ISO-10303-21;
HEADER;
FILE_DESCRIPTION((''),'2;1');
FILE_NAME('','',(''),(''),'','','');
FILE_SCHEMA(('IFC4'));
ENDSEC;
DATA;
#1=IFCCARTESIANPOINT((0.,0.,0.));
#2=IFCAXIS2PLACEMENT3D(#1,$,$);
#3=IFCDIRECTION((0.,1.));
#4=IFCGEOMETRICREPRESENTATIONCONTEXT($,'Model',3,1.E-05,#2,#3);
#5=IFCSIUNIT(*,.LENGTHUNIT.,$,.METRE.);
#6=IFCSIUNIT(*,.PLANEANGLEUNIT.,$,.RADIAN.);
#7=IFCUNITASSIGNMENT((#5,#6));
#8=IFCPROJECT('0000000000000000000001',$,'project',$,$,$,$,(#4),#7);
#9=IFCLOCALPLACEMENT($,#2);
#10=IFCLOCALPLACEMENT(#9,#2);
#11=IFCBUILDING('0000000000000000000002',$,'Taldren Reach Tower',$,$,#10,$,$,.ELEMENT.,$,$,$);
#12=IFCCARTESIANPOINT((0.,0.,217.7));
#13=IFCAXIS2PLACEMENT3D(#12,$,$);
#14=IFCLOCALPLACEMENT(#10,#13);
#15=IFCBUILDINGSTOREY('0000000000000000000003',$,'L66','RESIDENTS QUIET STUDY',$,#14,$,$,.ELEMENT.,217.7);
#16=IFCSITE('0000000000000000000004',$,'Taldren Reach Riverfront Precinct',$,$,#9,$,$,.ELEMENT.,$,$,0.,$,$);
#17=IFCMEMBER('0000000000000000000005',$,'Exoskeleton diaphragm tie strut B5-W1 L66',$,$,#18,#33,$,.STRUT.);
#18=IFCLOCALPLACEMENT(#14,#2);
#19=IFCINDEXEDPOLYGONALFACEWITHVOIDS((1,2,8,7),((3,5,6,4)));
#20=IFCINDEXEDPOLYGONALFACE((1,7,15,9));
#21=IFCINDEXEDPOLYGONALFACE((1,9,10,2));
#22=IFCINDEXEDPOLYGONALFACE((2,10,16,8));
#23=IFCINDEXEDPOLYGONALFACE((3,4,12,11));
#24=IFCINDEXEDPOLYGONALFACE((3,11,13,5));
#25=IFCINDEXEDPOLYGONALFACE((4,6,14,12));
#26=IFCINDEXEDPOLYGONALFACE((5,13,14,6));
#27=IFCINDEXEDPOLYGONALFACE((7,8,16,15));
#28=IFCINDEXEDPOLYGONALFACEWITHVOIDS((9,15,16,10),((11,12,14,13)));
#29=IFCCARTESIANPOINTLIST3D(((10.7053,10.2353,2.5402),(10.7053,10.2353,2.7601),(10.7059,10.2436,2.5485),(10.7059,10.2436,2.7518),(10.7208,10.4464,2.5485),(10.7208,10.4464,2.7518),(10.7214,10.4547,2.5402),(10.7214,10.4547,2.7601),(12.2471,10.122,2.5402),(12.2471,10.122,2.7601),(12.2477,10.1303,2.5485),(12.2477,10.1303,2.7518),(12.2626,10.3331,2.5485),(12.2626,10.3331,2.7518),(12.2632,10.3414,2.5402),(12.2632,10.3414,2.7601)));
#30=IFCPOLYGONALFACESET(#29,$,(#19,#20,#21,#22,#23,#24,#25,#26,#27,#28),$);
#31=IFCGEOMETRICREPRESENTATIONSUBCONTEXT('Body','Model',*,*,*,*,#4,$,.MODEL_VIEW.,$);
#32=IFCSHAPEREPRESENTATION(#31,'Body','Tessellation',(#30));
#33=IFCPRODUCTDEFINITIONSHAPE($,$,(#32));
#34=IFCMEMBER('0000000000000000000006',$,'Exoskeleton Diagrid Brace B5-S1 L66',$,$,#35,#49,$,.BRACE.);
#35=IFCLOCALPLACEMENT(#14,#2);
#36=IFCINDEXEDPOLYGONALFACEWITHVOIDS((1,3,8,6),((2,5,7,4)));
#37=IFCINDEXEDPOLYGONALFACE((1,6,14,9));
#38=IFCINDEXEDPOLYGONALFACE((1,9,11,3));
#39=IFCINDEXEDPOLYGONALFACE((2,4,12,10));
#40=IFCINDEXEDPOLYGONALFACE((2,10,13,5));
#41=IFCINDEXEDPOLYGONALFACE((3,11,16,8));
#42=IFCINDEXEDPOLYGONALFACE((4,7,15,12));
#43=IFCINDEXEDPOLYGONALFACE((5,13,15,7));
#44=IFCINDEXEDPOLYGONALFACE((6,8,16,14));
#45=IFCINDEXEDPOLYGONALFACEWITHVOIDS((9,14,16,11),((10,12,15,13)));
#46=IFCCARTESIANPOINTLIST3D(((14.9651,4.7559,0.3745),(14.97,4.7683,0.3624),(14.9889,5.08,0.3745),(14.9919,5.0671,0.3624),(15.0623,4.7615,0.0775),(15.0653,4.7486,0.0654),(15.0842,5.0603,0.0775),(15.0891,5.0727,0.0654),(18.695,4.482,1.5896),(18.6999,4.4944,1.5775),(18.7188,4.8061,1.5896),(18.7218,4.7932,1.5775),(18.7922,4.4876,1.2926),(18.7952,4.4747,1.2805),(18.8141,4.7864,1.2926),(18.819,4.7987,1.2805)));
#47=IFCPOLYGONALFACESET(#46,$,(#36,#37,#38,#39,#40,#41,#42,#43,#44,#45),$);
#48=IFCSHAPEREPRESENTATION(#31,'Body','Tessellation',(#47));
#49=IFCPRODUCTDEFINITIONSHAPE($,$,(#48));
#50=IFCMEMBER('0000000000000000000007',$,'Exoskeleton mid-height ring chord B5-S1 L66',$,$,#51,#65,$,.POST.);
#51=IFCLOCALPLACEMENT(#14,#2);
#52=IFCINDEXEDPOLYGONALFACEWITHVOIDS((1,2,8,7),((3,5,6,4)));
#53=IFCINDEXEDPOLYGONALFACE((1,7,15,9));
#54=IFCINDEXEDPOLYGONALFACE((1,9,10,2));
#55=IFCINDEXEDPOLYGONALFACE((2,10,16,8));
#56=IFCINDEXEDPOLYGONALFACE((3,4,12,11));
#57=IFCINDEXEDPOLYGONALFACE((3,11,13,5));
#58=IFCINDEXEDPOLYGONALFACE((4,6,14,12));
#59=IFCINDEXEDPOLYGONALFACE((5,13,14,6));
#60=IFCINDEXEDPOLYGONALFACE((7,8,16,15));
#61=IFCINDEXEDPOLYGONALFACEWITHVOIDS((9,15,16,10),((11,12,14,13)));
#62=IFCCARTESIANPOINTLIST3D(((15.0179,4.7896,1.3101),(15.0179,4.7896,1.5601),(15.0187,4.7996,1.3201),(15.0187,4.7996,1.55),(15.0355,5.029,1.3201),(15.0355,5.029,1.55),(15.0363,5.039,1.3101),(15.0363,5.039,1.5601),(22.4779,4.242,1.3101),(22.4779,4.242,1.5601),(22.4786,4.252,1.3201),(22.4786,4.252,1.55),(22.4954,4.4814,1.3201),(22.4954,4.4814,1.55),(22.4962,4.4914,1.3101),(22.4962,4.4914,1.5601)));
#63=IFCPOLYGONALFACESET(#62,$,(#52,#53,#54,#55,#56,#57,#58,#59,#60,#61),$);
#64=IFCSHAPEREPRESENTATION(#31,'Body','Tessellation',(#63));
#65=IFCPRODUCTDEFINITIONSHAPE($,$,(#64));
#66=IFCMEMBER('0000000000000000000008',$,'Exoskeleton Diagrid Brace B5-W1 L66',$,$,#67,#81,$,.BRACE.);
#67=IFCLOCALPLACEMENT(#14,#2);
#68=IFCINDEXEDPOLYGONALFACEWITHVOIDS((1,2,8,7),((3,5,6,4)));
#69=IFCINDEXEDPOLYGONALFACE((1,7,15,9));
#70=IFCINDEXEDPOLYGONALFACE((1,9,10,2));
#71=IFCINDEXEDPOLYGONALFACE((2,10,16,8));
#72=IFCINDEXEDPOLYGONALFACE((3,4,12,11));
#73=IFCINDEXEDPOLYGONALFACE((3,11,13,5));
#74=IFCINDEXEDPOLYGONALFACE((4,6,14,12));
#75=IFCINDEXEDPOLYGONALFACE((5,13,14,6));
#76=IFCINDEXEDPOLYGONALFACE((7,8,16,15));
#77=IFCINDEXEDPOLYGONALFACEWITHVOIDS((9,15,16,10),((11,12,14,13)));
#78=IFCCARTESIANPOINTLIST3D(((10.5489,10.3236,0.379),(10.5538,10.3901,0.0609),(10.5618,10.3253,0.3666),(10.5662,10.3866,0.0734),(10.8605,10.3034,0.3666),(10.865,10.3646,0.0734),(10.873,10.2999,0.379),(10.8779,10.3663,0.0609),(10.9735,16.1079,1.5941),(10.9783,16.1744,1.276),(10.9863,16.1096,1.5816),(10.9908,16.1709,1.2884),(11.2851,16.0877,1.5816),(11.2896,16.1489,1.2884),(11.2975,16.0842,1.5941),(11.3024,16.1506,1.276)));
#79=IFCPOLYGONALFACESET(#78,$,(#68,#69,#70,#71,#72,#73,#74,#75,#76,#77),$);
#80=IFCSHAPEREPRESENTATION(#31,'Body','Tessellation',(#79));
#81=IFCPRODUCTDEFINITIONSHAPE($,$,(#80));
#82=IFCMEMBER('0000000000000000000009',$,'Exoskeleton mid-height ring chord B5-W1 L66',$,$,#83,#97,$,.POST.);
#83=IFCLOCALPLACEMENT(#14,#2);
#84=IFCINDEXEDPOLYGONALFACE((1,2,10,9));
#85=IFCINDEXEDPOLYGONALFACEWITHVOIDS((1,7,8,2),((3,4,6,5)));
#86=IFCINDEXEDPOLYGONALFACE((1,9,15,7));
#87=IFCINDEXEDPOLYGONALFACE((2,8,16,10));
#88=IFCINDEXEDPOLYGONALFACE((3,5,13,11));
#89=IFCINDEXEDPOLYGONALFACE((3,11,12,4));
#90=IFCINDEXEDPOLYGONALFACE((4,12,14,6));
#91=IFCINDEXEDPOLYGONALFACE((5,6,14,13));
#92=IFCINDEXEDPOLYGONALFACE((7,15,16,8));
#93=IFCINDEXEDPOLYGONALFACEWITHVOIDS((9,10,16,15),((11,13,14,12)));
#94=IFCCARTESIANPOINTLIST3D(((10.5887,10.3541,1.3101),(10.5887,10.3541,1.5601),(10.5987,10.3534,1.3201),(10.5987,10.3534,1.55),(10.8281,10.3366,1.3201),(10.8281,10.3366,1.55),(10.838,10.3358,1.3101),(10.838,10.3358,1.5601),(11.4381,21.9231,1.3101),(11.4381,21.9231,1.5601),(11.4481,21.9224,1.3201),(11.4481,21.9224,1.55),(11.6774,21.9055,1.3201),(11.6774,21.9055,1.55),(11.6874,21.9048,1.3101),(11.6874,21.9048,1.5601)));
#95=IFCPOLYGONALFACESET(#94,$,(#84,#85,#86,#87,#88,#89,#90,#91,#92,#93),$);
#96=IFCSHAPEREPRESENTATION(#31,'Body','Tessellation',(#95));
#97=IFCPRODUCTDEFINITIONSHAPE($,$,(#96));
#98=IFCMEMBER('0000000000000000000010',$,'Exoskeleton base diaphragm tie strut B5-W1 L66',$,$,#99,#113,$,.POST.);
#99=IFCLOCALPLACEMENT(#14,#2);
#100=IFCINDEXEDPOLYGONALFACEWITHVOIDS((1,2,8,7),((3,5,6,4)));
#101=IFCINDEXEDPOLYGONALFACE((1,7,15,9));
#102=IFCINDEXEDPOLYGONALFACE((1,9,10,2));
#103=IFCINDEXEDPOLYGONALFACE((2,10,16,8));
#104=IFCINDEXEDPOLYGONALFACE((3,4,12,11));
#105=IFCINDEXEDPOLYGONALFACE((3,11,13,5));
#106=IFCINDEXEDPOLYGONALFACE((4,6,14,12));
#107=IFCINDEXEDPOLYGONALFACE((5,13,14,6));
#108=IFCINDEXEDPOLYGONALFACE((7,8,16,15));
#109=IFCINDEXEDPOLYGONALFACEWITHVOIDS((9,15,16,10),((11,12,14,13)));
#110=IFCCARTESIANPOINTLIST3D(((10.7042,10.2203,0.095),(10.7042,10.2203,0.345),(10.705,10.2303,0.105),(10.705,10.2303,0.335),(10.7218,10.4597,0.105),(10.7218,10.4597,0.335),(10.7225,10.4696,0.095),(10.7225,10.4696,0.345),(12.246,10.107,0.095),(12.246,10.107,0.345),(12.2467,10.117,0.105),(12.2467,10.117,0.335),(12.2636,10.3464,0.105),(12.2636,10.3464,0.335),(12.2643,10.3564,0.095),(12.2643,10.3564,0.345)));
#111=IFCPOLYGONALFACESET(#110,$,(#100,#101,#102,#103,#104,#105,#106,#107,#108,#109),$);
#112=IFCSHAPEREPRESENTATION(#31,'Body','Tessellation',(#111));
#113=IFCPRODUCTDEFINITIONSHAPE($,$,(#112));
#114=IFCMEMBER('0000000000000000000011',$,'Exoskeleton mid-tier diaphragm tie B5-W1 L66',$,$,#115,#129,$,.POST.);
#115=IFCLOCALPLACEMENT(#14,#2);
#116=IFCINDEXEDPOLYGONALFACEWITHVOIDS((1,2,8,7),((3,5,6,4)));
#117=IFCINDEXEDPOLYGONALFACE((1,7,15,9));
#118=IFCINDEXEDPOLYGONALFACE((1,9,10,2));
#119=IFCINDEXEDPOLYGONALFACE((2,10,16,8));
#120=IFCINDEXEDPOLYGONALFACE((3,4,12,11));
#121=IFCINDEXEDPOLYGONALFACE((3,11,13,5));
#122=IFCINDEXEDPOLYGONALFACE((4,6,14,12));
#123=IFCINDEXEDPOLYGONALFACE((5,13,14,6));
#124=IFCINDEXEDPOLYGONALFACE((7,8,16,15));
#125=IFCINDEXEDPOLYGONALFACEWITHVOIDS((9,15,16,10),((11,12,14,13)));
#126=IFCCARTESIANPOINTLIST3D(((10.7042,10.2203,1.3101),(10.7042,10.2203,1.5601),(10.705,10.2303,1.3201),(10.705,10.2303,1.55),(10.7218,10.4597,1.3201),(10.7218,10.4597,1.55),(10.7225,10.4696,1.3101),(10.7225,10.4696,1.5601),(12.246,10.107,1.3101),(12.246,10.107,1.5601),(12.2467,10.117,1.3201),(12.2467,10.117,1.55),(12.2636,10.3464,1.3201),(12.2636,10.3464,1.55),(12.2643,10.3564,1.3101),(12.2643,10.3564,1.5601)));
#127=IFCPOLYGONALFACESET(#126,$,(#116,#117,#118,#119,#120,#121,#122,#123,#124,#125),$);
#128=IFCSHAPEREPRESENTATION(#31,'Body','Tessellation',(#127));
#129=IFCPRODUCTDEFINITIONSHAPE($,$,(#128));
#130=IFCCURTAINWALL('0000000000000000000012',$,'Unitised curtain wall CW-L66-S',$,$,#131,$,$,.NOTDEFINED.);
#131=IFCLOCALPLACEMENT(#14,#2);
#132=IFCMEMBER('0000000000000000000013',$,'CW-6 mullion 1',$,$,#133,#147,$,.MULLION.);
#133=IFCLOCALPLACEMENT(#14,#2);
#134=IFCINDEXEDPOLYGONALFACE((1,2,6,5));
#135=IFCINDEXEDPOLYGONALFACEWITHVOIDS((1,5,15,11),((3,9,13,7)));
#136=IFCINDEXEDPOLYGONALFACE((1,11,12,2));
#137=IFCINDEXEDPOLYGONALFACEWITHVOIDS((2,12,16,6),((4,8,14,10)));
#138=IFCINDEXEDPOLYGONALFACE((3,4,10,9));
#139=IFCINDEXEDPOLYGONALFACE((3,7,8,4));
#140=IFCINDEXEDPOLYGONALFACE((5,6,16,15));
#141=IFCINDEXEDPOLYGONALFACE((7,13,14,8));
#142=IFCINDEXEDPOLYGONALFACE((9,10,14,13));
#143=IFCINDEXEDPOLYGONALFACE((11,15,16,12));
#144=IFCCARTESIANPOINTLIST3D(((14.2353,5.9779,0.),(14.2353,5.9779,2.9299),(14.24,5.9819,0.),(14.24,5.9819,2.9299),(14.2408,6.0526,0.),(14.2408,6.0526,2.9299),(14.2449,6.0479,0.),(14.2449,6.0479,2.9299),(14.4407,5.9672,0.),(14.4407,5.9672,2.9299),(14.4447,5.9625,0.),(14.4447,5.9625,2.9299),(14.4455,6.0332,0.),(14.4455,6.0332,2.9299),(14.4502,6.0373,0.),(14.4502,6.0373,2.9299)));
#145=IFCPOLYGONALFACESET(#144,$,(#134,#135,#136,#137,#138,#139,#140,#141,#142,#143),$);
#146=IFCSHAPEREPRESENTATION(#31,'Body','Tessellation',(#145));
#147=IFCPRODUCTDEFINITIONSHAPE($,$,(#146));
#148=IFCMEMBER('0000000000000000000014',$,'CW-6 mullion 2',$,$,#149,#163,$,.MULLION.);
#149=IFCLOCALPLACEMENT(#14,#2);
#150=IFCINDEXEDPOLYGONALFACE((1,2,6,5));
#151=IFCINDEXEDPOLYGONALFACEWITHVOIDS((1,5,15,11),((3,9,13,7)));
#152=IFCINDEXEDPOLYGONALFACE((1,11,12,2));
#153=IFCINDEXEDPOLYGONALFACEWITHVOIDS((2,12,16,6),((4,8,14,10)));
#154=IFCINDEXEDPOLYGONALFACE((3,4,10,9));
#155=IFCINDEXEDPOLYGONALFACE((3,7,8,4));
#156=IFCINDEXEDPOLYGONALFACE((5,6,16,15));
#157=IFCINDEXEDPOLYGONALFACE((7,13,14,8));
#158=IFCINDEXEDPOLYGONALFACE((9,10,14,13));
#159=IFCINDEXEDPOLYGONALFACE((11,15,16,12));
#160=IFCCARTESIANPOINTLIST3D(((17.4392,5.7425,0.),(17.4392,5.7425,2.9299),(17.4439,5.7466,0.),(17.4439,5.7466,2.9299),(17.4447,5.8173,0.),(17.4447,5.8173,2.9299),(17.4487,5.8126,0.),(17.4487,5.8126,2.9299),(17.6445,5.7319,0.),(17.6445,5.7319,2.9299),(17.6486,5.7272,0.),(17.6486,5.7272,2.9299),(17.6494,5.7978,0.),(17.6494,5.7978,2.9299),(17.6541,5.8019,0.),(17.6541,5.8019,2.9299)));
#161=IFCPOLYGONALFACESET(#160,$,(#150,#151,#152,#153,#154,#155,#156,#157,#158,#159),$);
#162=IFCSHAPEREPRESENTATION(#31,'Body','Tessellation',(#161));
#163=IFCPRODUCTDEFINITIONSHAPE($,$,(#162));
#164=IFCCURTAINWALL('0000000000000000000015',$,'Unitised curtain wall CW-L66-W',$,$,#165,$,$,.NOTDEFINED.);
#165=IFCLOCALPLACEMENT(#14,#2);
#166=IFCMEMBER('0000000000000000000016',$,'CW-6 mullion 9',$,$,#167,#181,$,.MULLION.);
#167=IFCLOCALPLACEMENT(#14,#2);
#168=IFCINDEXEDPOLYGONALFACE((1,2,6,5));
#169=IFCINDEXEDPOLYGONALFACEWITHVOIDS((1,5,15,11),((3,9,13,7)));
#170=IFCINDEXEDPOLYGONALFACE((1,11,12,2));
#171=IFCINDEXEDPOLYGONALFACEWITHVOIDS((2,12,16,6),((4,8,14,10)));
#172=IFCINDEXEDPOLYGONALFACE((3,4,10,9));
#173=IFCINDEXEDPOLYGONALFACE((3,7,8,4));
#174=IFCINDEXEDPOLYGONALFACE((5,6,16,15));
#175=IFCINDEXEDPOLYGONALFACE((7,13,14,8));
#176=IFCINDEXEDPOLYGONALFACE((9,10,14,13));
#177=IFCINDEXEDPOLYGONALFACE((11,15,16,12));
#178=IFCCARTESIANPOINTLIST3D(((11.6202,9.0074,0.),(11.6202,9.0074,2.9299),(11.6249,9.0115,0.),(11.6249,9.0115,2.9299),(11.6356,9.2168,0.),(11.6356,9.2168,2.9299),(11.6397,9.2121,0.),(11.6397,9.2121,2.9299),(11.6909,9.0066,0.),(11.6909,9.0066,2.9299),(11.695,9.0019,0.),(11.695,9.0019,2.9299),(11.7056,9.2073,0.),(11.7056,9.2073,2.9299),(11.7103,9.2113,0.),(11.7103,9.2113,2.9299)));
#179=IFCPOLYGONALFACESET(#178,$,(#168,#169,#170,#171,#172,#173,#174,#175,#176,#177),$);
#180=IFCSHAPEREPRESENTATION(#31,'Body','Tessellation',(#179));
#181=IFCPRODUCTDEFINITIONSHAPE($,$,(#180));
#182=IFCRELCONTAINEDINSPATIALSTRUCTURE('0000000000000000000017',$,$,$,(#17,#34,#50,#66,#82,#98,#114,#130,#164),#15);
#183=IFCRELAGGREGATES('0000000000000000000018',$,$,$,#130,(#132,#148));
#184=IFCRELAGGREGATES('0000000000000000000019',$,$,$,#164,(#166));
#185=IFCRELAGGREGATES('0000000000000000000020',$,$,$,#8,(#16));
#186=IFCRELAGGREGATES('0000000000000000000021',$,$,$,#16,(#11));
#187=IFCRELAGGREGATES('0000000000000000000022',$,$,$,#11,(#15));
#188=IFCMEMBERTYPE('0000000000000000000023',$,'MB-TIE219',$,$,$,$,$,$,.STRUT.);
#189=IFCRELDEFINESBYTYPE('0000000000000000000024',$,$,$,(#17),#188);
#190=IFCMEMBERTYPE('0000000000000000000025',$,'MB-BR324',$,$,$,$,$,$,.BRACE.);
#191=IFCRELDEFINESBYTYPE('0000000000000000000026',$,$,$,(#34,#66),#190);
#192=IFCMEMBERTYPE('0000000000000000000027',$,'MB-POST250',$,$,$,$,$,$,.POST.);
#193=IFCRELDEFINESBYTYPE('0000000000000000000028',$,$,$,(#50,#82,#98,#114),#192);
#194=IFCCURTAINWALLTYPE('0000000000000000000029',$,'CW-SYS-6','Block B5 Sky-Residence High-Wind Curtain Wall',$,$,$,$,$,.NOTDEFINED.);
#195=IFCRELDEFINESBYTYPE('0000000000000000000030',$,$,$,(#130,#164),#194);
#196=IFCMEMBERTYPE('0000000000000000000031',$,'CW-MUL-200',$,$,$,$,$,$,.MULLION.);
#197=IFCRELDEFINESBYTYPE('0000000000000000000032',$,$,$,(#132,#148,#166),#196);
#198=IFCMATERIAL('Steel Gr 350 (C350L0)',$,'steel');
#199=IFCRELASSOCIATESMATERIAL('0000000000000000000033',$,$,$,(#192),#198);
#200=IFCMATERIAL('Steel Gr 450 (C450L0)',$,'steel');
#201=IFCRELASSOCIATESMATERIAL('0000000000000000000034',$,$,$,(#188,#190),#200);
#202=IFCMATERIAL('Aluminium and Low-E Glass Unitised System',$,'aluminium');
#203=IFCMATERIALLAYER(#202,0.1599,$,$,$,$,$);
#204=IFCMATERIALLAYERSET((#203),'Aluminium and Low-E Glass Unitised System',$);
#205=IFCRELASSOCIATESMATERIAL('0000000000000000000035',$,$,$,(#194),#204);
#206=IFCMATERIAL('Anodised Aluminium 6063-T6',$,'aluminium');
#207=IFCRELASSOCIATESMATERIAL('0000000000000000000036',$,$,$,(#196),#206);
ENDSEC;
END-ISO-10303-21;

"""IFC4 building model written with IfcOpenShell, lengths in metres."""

from ifc_helpers import new_model, si_unit, direction, frame, origin, origin_2d, place, context, subcontext, project, spatial, hollow_rectangle, extrude, source, transform, mapped, material, layer, layer_set, material_profile, profile_set, type_object, element, aggregate, save


model = new_model("IFC4")

# Units and contexts
model_context = context("Model", 3, precision=1e-05, world=origin(), true_north=direction((0.0, 1.0)))
body_context = subcontext(model_context, "Body", "Model", "MODEL_VIEW")
ifc_project = project(units=[si_unit("LENGTHUNIT", "METRE"), si_unit("PLANEANGLEUNIT", "RADIAN")], contexts=[model_context])

# Site, building, storey
site_placement = place(None, origin())
site = spatial("IfcSite", under=ifc_project, at=site_placement, Name="Taldren Reach Riverfront Precinct", CompositionType="ELEMENT", RefElevation=0.0)
building_placement = place(site_placement, origin())
building = spatial("IfcBuilding", under=site, at=building_placement, Name="Taldren Reach Tower", CompositionType="ELEMENT")
storey_placement = place(building_placement, frame((0.0, 0.0, 217.7)))
storey = spatial("IfcBuildingStorey", under=building, at=storey_placement, Name="L66", Description="RESIDENTS QUIET STUDY", CompositionType="ELEMENT", Elevation=217.7)

# Shared definitions
ifc_material_1 = material(Name="Steel Gr 350 (C350L0)", Category="steel")

# Shared definitions
ifc_material_profile_1 = material_profile(ifc_material_1, hollow_rectangle(XDim=0.25, YDim=0.25, WallThickness=0.01, at=origin_2d()), Name="250x250x10.0SHS")
ifc_profile_set_1 = profile_set([ifc_material_profile_1], Name="Steel Gr 350 (C350L0)")
member_type_1 = type_object("IfcMemberType", Name="MB-POST250", PredefinedType="POST", material=ifc_profile_set_1)
ifc_material_2 = material(Name="Steel Gr 450 (C450L0)", Category="steel")
ifc_material_profile_2 = material_profile(ifc_material_2, hollow_rectangle(XDim=0.22, YDim=0.22, WallThickness=0.0083, at=origin_2d()), Name="220x220x8.2SHS")
ifc_profile_set_2 = profile_set([ifc_material_profile_2], Name="Steel Gr 450 (C450L0)")
member_type_2 = type_object("IfcMemberType", Name="MB-TIE219", PredefinedType="STRUT", material=ifc_profile_set_2)

# Members
shared_shape_1 = source(origin(), body_context, "Body", "SweptSolid", [
    extrude(hollow_rectangle(XDim=0.22, YDim=0.22, WallThickness=0.0083, at=origin_2d()), origin(), (0.0, 0.0, 1.0), 1.5459),
])
member_1_placement = place(storey_placement, frame((12.2551, 10.2317, 2.6501), z_axis=(-0.997312, 0.073278, 0.0), x_axis=(-0.073278, -0.997312, 0.0)))
element("IfcMember", 1, at=member_1_placement, inside=storey, type_object=member_type_2, Name="Exoskeleton diaphragm tie strut B5-W1 L66", PredefinedType="STRUT", context=body_context, shape_type="MappedRepresentation", body=[
    mapped(shared_shape_1, transform((0.0, 0.0, 0.0), scale=1.0)),
])
ifc_material_profile_3 = material_profile(ifc_material_2, hollow_rectangle(XDim=0.325, YDim=0.325, WallThickness=0.0127, at=origin_2d()), Name="325x325x12.7SHS")
ifc_profile_set_3 = profile_set([ifc_material_profile_3], Name="Steel Gr 450 (C450L0)")
member_type_3 = type_object("IfcMemberType", Name="MB-BR324", PredefinedType="BRACE", material=ifc_profile_set_3)
shared_shape_2 = source(origin(), body_context, "Body", "SweptSolid", [
    extrude(hollow_rectangle(XDim=0.325, YDim=0.325, WallThickness=0.0127, at=origin_2d()), origin(), (0.0, 0.0, 1.0), 3.9324),
])
member_2_placement = place(storey_placement, frame((15.0271, 4.9143, 0.22), z_axis=(0.948511, -0.069658, 0.308989), x_axis=(0.073242, 0.997314, 0.0)))
element("IfcMember", 2, at=member_2_placement, inside=storey, type_object=member_type_3, Name="Exoskeleton Diagrid Brace B5-S1 L66", PredefinedType="BRACE", context=body_context, shape_type="MappedRepresentation", body=[
    mapped(shared_shape_2, transform((0.0, 0.0, 0.0), scale=1.0)),
])
shared_shape_3 = source(origin(), body_context, "Body", "SweptSolid", [
    extrude(hollow_rectangle(XDim=0.25, YDim=0.25, WallThickness=0.01, at=origin_2d()), origin(), (0.0, 0.0, 1.0), 7.48),
])
member_3_placement = place(storey_placement, frame((15.0271, 4.9143, 1.4351), z_axis=(0.997317, -0.073209, 0.0), x_axis=(0.073209, 0.997317, 0.0)))
element("IfcMember", 3, at=member_3_placement, inside=storey, type_object=member_type_1, Name="Exoskeleton mid-height ring chord B5-S1 L66", PredefinedType="POST", context=body_context, shape_type="MappedRepresentation", body=[
    mapped(shared_shape_3, transform((0.0, 0.0, 0.0), scale=1.0)),
])
shared_shape_4 = source(origin(), body_context, "Body", "SweptSolid", [
    extrude(hollow_rectangle(XDim=0.325, YDim=0.325, WallThickness=0.0127, at=origin_2d()), origin(), (0.0, 0.0, 1.0), 5.9258),
])
member_4_placement = place(storey_placement, frame((10.7134, 10.345, 0.22), z_axis=(0.071645, 0.976126, 0.205047), x_axis=(-0.997317, 0.0732, 0.0)))
element("IfcMember", 4, at=member_4_placement, inside=storey, type_object=member_type_3, Name="Exoskeleton Diagrid Brace B5-W1 L66", PredefinedType="BRACE", context=body_context, shape_type="MappedRepresentation", body=[
    mapped(shared_shape_4, transform((0.0, 0.0, 0.0), scale=1.0)),
])
shared_shape_5 = source(origin(), body_context, "Body", "SweptSolid", [
    extrude(hollow_rectangle(XDim=0.25, YDim=0.25, WallThickness=0.01, at=origin_2d()), origin(), (0.0, 0.0, 1.0), 11.6001),
])
member_5_placement = place(storey_placement, frame((10.7134, 10.345, 1.4351), z_axis=(0.073221, 0.997316, 0.0), x_axis=(-0.997316, 0.073221, 0.0)))
element("IfcMember", 5, at=member_5_placement, inside=storey, type_object=member_type_1, Name="Exoskeleton mid-height ring chord B5-W1 L66", PredefinedType="POST", context=body_context, shape_type="MappedRepresentation", body=[
    mapped(shared_shape_5, transform((0.0, 0.0, 0.0), scale=1.0)),
])
shared_shape_6 = source(origin(), body_context, "Body", "SweptSolid", [
    extrude(hollow_rectangle(XDim=0.25, YDim=0.25, WallThickness=0.01, at=origin_2d()), origin(), (0.0, 0.0, 1.0), 1.5459),
])
for number, where, z_axis, x_axis, name in (
    (6, (12.2551, 10.2317, 0.22), (-0.997312, 0.073278, 0.0), (-0.073278, -0.997312, 0.0), "Exoskeleton base diaphragm tie strut B5-W1 L66"),
    (7, (12.2551, 10.2317, 1.4351), (-0.997312, 0.073278, 0.0), (-0.073278, -0.997312, 0.0), "Exoskeleton mid-tier diaphragm tie B5-W1 L66"),
):
    element("IfcMember", number, at=place(storey_placement, frame(where, z_axis=z_axis, x_axis=x_axis)), inside=storey, type_object=member_type_1, Name=name, PredefinedType="POST", context=body_context, shape_type="MappedRepresentation", body=[
        mapped(shared_shape_6, transform((0.0, 0.0, 0.0), scale=1.0)),
    ])

# Curtain wall, members
ifc_material_3 = material(Name="Aluminium and Low-E Glass Unitised System", Category="aluminium")
ifc_layer_1 = layer(ifc_material_3, 0.1599)
ifc_layer_set_1 = layer_set([ifc_layer_1], Name="Aluminium and Low-E Glass Unitised System")
curtain_wall_type = type_object("IfcCurtainWallType", Name="CW-SYS-6", Description="Block B5 Sky-Residence High-Wind Curtain Wall", PredefinedType="NOTDEFINED", material=ifc_layer_set_1)
curtain_wall_1_placement = place(storey_placement, origin())
curtain_wall_1 = element("IfcCurtainWall", 8, at=curtain_wall_1_placement, inside=storey, type_object=curtain_wall_type, Name="Unitised curtain wall CW-L66-S", PredefinedType="NOTDEFINED")
ifc_material_4 = material(Name="Anodised Aluminium 6063-T6", Category="aluminium")
ifc_material_profile_4 = material_profile(ifc_material_4, hollow_rectangle(XDim=0.075, YDim=0.21, WallThickness=0.0044, at=origin_2d()), Name="ALU-210x75x4.5RHS")
ifc_profile_set_4 = profile_set([ifc_material_profile_4], Name="Anodised Aluminium 6063-T6")
member_type_4 = type_object("IfcMemberType", Name="CW-MUL-200", PredefinedType="MULLION", material=ifc_profile_set_4)
shared_shape_7 = source(origin(), body_context, "Body", "SweptSolid", [
    extrude(hollow_rectangle(XDim=0.075, YDim=0.21, WallThickness=0.0044, at=origin_2d()), origin(), (0.0, 0.0, 1.0), 2.9299),
])
member_6_placement = place(storey_placement, frame((14.3428, 6.0076, 0.0), z_axis=(0.0, 0.0, 1.0), x_axis=(0.073238, 0.997314, 0.0)))
member_6 = element("IfcMember", 9, at=member_6_placement, type_object=member_type_4, Name="CW-6 mullion 1", PredefinedType="MULLION", context=body_context, shape_type="MappedRepresentation", body=[
    mapped(shared_shape_7, transform((0.0, 0.0, 0.0), scale=1.0)),
])
member_7_placement = place(storey_placement, frame((17.5466, 5.7722, 0.0), z_axis=(0.0, 0.0, 1.0), x_axis=(0.073238, 0.997314, 0.0)))
member_7 = element("IfcMember", 10, at=member_7_placement, type_object=member_type_4, Name="CW-6 mullion 2", PredefinedType="MULLION", context=body_context, shape_type="MappedRepresentation", body=[
    mapped(shared_shape_7, transform((0.0, 0.0, 0.0), scale=1.0)),
])

# Curtain wall, member
curtain_wall_2_placement = place(storey_placement, origin())
curtain_wall_2 = element("IfcCurtainWall", 11, at=curtain_wall_2_placement, inside=storey, type_object=curtain_wall_type, Name="Unitised curtain wall CW-L66-W", PredefinedType="NOTDEFINED")
member_8_placement = place(storey_placement, frame((11.6653, 9.1094, 0.0), z_axis=(0.0, 0.0, 1.0), x_axis=(0.997314, -0.073238, 0.0)))
member_8 = element("IfcMember", 12, at=member_8_placement, type_object=member_type_4, Name="CW-6 mullion 9", PredefinedType="MULLION", context=body_context, shape_type="MappedRepresentation", body=[
    mapped(shared_shape_7, transform((0.0, 0.0, 0.0), scale=1.0)),
])

aggregate(curtain_wall_1, [member_6, member_7])
aggregate(curtain_wall_2, [member_8])

save(model, "model.ifc")
